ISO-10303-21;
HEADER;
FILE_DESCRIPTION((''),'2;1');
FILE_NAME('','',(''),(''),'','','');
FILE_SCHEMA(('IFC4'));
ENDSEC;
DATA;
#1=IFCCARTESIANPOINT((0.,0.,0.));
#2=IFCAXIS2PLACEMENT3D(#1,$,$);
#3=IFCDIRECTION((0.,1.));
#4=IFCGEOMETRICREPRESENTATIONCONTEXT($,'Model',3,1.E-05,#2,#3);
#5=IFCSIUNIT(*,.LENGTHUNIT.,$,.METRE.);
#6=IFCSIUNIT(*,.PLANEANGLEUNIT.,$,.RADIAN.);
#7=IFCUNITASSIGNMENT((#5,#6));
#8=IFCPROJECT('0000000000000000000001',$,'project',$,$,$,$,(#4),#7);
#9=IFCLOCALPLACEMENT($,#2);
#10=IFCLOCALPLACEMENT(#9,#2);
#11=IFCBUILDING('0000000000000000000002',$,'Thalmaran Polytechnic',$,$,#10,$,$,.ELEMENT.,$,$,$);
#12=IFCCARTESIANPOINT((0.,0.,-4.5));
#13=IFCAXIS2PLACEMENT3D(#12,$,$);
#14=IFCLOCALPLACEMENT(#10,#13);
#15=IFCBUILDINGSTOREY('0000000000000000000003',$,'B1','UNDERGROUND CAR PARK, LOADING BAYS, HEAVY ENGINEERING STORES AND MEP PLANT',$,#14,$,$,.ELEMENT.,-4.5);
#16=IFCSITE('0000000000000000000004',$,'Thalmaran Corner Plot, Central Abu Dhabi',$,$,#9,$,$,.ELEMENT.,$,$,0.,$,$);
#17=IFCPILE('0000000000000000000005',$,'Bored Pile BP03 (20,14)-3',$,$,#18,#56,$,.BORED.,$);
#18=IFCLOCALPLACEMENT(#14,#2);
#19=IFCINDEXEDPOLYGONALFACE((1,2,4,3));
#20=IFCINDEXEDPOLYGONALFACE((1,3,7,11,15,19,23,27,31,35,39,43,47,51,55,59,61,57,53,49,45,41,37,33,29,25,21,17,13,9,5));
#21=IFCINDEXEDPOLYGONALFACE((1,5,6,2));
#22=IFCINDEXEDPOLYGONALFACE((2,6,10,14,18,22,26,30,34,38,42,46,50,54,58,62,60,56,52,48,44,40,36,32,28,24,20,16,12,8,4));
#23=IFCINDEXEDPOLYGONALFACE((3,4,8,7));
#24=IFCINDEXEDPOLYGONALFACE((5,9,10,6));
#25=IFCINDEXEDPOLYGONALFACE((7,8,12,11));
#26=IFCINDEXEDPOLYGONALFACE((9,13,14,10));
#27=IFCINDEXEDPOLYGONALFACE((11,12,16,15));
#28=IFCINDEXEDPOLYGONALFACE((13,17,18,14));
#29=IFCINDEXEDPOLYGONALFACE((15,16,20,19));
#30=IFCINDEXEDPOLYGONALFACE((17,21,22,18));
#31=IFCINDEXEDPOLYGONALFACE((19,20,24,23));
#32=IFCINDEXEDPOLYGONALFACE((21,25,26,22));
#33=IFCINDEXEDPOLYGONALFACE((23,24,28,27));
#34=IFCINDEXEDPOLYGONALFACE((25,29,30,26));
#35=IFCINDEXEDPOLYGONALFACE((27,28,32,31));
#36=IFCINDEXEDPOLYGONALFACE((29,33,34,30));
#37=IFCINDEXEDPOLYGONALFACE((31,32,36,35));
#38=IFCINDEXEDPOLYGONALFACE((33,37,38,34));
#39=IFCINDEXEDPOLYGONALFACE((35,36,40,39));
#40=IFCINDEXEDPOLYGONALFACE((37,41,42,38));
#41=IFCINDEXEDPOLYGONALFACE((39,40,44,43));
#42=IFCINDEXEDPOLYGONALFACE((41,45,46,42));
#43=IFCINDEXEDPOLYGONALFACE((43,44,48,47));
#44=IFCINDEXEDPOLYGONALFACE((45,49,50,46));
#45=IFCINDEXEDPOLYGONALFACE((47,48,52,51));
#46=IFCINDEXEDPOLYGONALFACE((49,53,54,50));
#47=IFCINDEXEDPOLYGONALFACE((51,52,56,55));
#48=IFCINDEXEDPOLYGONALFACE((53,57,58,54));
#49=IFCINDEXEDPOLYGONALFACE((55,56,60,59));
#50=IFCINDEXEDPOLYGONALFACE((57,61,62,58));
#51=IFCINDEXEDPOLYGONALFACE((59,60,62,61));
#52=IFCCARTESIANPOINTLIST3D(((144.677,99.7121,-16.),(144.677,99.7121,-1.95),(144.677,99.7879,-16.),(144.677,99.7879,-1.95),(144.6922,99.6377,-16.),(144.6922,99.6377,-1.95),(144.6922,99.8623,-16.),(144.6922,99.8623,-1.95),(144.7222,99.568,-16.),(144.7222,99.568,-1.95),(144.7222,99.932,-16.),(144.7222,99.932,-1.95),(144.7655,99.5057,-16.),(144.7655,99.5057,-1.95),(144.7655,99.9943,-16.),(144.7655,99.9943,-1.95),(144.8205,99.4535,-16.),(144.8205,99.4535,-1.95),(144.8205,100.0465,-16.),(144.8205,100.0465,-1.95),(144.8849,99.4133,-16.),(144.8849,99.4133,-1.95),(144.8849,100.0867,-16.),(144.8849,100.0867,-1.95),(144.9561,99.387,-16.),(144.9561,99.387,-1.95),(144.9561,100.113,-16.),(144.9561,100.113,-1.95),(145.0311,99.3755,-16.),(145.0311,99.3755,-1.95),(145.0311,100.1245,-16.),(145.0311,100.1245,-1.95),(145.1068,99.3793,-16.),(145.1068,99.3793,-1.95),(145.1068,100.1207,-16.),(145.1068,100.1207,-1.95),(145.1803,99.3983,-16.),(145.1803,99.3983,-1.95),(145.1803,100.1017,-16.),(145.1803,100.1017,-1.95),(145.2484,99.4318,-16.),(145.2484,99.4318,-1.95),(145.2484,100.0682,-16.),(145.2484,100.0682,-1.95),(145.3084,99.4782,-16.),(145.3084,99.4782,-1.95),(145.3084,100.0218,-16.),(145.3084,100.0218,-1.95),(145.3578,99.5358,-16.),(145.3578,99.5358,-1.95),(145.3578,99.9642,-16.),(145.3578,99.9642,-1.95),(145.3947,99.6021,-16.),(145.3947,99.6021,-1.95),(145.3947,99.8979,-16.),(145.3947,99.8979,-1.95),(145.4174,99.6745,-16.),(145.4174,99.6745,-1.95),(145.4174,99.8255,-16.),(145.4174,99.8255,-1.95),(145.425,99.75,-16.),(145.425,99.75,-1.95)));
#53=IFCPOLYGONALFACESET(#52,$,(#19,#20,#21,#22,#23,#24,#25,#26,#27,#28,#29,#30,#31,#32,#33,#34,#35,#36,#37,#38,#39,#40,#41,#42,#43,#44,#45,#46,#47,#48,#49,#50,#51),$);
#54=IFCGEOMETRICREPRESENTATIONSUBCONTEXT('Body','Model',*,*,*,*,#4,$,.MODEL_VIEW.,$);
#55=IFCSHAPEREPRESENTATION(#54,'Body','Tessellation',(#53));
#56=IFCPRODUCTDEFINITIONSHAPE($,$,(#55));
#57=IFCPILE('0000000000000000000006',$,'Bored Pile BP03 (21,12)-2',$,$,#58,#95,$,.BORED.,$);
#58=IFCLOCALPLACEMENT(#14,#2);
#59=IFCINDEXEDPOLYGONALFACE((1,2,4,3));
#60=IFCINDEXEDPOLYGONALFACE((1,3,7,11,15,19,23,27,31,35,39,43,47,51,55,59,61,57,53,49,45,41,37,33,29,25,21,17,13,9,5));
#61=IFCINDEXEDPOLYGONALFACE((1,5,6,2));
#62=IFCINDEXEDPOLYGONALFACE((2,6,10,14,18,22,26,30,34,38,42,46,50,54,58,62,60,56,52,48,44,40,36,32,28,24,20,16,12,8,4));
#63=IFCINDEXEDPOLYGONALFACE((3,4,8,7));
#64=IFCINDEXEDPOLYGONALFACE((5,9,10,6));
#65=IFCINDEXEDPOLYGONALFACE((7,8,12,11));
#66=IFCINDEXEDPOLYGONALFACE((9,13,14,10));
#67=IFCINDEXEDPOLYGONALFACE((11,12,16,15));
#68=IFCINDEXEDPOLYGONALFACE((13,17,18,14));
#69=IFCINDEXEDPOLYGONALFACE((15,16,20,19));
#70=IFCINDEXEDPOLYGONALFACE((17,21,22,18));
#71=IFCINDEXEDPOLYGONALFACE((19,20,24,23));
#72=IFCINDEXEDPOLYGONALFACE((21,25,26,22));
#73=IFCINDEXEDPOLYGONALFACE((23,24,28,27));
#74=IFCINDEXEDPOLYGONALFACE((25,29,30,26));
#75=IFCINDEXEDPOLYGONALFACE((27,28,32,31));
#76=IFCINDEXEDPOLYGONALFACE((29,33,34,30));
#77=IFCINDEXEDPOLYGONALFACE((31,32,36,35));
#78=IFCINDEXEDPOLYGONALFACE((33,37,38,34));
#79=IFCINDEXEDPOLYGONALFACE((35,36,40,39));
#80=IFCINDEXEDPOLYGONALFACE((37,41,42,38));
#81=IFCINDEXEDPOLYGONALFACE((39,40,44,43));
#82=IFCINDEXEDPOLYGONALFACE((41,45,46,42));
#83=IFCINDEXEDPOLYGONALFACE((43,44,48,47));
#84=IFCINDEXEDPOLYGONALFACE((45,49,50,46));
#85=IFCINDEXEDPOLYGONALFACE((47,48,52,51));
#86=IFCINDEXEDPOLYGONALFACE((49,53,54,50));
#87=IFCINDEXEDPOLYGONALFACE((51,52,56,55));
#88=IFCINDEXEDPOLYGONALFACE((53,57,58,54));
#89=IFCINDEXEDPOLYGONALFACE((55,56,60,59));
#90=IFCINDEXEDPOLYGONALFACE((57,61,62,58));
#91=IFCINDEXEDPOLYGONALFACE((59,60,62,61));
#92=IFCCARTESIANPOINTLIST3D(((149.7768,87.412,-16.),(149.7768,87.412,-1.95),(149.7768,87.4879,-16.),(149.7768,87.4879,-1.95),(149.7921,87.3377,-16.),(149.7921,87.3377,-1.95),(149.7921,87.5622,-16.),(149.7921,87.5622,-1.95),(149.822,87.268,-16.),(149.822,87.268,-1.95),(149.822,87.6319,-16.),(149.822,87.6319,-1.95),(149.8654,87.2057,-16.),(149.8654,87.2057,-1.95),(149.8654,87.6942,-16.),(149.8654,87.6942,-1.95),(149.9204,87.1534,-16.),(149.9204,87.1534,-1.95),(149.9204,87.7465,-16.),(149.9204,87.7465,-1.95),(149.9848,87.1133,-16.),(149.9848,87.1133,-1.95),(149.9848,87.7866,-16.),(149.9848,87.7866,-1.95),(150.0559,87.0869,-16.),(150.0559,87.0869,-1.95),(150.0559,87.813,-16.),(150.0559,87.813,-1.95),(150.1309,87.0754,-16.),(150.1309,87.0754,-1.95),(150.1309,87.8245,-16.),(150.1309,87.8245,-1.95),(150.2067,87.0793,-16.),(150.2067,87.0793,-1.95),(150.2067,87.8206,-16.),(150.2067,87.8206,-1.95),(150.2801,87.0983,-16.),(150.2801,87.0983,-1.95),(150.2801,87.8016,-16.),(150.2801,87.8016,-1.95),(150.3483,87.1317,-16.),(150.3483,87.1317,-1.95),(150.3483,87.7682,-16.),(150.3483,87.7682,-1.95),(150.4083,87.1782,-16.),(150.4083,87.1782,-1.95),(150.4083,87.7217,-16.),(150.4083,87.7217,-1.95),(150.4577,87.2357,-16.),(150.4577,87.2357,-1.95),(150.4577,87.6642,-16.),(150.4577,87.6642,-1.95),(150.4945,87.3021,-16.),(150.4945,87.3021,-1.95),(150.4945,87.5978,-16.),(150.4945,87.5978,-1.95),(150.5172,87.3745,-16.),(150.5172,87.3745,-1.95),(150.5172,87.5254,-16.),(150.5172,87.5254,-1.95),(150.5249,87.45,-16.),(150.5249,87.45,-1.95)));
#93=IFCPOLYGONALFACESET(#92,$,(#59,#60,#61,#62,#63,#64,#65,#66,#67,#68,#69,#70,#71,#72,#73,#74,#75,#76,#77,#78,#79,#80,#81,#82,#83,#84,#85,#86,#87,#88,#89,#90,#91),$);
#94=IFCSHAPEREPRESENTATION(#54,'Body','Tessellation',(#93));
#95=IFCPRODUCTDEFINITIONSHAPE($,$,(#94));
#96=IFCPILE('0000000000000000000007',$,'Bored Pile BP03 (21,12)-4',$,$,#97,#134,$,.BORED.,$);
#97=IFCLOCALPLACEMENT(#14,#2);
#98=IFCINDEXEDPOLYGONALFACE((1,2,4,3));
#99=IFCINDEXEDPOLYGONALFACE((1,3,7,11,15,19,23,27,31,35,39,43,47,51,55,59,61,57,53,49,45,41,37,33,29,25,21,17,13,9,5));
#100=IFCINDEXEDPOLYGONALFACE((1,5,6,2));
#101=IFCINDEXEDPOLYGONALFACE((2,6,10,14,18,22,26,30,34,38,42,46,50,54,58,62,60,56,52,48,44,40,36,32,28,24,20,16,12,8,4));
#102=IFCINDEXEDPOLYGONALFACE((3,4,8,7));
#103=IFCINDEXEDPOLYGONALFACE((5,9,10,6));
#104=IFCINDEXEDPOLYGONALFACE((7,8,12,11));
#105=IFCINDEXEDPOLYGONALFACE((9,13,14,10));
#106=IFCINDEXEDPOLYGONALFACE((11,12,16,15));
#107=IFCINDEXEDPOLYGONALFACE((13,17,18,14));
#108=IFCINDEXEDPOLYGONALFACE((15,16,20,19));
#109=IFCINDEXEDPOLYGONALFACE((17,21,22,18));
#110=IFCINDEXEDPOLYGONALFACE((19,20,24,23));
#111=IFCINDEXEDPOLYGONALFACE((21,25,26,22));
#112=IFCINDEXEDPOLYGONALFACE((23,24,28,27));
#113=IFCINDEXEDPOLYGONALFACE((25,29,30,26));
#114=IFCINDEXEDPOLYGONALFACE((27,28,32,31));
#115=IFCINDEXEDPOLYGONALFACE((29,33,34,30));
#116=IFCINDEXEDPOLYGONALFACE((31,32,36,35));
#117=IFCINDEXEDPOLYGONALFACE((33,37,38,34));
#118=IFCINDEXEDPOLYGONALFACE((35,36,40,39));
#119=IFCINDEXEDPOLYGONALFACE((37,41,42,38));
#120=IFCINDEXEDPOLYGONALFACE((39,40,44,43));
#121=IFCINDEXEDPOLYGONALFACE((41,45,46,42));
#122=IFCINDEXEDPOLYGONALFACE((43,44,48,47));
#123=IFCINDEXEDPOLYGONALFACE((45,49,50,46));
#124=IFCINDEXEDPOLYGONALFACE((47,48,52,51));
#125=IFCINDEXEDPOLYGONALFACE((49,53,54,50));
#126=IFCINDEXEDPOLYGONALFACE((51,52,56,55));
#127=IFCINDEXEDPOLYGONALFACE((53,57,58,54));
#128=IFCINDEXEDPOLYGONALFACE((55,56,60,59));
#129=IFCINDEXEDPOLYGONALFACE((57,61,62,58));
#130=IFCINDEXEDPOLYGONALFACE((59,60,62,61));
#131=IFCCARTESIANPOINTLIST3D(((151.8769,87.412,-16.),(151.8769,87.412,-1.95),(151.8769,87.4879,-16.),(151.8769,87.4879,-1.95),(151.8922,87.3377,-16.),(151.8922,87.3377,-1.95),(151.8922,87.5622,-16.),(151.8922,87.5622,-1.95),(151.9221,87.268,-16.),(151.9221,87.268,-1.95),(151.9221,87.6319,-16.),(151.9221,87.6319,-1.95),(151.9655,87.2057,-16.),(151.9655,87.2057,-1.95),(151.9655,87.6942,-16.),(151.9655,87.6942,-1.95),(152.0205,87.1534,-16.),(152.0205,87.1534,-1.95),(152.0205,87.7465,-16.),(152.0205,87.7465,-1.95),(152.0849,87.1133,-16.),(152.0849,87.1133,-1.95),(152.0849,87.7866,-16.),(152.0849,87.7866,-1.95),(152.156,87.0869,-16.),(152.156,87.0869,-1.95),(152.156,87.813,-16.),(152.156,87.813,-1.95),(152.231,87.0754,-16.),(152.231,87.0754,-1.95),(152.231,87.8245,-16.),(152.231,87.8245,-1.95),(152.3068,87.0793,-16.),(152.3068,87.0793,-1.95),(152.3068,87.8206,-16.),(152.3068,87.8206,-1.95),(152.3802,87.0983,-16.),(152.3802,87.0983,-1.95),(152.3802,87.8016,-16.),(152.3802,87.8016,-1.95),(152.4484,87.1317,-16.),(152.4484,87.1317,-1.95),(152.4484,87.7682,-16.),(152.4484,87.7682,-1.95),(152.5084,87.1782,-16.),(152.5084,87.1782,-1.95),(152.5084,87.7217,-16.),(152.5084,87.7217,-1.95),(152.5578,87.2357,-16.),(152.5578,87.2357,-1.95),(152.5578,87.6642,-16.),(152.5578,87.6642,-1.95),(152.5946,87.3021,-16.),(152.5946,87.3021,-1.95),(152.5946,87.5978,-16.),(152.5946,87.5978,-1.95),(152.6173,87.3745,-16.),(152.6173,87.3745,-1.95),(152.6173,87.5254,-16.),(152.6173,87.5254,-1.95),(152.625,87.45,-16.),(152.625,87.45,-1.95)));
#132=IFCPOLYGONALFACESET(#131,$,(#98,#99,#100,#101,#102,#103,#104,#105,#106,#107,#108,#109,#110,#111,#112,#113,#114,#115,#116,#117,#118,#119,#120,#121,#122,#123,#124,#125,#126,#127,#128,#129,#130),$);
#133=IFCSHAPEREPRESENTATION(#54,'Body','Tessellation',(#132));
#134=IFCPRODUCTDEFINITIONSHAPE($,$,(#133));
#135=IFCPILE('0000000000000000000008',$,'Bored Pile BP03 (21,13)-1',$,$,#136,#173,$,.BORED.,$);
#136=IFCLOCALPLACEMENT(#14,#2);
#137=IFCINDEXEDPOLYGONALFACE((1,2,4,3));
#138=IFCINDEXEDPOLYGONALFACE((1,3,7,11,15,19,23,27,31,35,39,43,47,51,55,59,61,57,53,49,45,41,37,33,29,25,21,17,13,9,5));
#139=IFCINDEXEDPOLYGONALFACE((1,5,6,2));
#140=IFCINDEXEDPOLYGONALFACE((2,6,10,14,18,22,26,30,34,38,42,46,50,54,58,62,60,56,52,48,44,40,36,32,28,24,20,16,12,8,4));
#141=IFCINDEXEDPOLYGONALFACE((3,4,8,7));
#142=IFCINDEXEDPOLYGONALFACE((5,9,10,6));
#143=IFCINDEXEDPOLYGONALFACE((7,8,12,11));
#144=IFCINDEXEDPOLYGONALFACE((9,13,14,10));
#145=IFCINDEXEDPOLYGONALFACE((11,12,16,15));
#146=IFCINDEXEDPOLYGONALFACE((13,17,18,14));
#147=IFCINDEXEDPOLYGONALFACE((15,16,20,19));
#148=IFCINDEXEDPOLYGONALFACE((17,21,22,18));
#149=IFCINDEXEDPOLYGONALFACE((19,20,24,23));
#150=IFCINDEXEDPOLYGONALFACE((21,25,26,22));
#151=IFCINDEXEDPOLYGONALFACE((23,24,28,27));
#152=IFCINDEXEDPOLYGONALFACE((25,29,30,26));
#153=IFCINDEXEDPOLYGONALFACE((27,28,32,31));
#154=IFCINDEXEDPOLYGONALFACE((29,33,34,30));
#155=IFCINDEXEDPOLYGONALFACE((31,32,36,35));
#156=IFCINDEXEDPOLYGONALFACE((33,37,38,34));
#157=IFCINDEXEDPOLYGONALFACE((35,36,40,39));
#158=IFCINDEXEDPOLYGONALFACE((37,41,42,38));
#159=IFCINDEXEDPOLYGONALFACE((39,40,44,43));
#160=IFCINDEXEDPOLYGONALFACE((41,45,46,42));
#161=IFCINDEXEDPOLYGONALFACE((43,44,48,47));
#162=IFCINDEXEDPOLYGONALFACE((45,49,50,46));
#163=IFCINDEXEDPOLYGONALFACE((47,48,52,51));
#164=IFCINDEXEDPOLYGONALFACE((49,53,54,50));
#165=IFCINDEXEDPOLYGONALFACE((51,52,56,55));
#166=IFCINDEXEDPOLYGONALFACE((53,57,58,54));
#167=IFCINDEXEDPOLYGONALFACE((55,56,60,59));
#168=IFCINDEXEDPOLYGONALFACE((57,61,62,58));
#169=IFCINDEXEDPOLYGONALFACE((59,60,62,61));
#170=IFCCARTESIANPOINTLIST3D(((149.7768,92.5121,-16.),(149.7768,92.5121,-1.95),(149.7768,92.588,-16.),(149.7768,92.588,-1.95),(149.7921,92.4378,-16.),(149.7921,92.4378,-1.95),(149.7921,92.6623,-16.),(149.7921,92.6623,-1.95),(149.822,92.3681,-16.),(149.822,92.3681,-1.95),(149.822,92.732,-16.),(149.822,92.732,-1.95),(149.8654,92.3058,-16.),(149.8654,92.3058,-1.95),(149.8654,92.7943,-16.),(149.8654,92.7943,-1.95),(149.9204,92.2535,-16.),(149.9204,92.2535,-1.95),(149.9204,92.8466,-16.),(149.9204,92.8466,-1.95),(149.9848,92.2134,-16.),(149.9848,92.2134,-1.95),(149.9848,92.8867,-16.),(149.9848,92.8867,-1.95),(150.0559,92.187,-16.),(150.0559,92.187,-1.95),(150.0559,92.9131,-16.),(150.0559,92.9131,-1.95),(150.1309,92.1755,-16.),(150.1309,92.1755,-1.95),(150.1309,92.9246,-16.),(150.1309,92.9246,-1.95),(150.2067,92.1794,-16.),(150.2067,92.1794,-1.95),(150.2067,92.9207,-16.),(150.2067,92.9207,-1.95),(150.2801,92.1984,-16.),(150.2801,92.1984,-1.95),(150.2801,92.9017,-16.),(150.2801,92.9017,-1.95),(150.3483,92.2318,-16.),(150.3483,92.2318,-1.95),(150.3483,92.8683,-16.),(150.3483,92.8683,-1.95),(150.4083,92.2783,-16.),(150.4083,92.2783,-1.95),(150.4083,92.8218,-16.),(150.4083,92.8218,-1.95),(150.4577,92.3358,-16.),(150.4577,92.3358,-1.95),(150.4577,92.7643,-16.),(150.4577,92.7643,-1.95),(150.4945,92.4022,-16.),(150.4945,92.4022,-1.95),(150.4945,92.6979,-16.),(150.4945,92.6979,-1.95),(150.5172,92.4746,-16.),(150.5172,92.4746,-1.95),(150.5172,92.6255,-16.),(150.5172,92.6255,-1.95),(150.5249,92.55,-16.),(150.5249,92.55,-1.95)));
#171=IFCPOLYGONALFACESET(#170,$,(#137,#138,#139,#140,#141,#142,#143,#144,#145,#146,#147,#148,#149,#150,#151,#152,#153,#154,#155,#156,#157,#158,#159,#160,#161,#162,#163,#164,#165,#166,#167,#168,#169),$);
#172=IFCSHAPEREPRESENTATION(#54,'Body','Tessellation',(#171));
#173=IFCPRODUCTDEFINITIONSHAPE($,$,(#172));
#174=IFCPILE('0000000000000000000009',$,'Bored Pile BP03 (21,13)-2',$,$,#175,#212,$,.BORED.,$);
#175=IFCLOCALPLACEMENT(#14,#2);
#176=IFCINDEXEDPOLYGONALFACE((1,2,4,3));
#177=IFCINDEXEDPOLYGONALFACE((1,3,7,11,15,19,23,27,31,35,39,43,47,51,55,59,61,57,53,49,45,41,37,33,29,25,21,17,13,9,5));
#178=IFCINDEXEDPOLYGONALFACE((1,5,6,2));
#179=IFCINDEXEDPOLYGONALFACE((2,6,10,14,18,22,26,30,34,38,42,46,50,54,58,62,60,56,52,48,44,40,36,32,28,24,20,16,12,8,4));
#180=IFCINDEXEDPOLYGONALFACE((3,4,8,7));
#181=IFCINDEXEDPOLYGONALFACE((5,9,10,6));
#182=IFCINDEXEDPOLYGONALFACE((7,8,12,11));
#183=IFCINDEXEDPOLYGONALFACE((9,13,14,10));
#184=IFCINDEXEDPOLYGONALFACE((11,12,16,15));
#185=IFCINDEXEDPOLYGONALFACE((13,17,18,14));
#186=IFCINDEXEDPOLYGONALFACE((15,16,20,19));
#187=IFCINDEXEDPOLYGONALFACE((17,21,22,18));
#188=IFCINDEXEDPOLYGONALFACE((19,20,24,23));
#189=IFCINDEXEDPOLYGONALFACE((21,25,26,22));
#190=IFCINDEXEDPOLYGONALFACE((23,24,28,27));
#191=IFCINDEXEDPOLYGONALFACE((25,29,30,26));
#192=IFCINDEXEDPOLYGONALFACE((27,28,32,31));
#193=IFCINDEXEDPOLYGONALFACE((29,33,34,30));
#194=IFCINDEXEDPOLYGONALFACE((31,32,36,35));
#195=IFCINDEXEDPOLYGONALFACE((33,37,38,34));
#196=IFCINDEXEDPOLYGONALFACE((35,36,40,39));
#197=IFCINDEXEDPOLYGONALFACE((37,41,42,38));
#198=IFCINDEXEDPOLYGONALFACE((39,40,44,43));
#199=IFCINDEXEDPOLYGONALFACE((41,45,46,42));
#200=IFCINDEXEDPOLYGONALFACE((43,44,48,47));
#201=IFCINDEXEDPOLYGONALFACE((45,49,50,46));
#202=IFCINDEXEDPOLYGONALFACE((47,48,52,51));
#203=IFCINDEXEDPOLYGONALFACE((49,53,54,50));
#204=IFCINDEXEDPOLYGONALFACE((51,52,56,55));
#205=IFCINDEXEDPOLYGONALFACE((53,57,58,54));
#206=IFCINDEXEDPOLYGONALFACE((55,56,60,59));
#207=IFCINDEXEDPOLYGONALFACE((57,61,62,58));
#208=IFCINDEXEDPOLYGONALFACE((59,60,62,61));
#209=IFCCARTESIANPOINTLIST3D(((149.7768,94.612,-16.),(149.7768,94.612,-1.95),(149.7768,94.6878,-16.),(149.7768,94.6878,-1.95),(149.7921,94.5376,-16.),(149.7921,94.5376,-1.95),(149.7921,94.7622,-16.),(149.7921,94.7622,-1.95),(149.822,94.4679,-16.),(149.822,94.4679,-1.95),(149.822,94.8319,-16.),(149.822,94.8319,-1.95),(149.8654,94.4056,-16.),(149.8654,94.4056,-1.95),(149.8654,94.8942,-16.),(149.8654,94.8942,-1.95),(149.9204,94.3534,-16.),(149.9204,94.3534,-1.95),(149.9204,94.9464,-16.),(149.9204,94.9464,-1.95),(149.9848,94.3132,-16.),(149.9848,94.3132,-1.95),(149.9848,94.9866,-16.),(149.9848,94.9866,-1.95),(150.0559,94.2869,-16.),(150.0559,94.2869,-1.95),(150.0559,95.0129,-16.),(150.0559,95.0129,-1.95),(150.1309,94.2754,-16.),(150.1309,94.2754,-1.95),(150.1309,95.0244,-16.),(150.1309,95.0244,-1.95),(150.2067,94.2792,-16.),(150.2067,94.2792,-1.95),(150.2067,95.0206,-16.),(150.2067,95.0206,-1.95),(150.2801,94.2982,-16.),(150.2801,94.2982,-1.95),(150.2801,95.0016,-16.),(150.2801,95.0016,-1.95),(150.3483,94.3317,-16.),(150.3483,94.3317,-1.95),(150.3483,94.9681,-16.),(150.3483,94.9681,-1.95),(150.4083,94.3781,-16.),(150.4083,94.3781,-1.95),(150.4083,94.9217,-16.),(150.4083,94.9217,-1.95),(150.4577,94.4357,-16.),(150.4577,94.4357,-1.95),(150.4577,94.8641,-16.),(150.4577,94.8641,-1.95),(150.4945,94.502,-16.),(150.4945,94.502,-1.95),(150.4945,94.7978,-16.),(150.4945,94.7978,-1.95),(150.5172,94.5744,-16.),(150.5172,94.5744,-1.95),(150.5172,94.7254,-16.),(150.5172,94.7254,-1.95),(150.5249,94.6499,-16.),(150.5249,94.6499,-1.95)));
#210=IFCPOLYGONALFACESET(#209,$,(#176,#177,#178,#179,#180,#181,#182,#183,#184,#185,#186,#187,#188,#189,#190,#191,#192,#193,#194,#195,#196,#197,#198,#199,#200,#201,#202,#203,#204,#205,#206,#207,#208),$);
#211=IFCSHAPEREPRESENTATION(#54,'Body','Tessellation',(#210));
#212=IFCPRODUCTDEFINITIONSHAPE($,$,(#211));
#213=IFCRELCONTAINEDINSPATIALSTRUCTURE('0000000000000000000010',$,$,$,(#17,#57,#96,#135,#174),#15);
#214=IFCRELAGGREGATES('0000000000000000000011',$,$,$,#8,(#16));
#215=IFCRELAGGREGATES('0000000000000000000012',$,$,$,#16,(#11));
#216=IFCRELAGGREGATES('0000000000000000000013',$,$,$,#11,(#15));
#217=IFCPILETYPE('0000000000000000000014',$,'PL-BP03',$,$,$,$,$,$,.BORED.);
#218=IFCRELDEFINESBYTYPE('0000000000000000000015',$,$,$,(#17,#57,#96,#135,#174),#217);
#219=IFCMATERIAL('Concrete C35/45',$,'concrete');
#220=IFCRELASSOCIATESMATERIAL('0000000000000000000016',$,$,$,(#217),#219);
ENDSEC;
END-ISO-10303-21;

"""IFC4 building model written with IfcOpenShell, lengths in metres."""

from ifc_helpers import new_model, si_unit, direction, frame, origin, origin_2d, place, context, subcontext, project, spatial, circle, extrude, material, material_profile, profile_set, type_object, element, save


model = new_model("IFC4")

# Units and contexts
model_context = context("Model", 3, precision=1e-05, world=origin(), true_north=direction((0.0, 1.0)))
body_context = subcontext(model_context, "Body", "Model", "MODEL_VIEW")
ifc_project = project(units=[si_unit("LENGTHUNIT", "METRE"), si_unit("PLANEANGLEUNIT", "RADIAN")], contexts=[model_context])

# Site, building, storey
site_placement = place(None, origin())
site = spatial("IfcSite", under=ifc_project, at=site_placement, Name="Thalmaran Corner Plot, Central Abu Dhabi", CompositionType="ELEMENT", RefElevation=0.0)
building_placement = place(site_placement, origin())
building = spatial("IfcBuilding", under=site, at=building_placement, Name="Thalmaran Polytechnic", CompositionType="ELEMENT")
storey_placement = place(building_placement, frame((0.0, 0.0, -4.5)))
storey = spatial("IfcBuildingStorey", under=building, at=storey_placement, Name="B1", Description="UNDERGROUND CAR PARK, LOADING BAYS, HEAVY ENGINEERING STORES AND MEP PLANT", CompositionType="ELEMENT", Elevation=-4.5)

# Piles
ifc_material_1 = material(Name="Concrete C35/45", Category="concrete")
ifc_material_profile_1 = material_profile(ifc_material_1, circle(Radius=0.375, at=origin_2d()), Name="RC 750 DIA")
ifc_profile_set_1 = profile_set([ifc_material_profile_1], Name="Concrete C35/45")
pile_type = type_object("IfcPileType", Name="PL-BP03", PredefinedType="BORED", material=ifc_profile_set_1)
for number, where, z_axis, x_axis, name in (
    (1, (145.05, 99.75, -1.95), (0.0, 0.0, -1.0), (1.0, 0.0, 0.0), "Bored Pile BP03 (20,14)-3"),
    (2, (150.1499, 87.45, -1.95), (0.0, 0.0, -1.0), (1.0, 0.0, 0.0), "Bored Pile BP03 (21,12)-2"),
    (3, (152.25, 87.45, -1.95), (0.0, 0.0, -1.0), (1.0, 0.0, 0.0), "Bored Pile BP03 (21,12)-4"),
    (4, (150.1499, 92.55, -1.95), (0.0, 0.0, -1.0), (1.0, 0.0, 0.0), "Bored Pile BP03 (21,13)-1"),
    (5, (150.1499, 94.6499, -1.95), (0.0, 0.0, -1.0), (1.0, 0.0, 0.0), "Bored Pile BP03 (21,13)-2"),
):
    element("IfcPile", number, at=place(storey_placement, frame(where, z_axis=z_axis, x_axis=x_axis)), inside=storey, type_object=pile_type, Name=name, PredefinedType="BORED", context=body_context, shape_type="SweptSolid", body=[
        extrude(circle(Radius=0.375, at=origin_2d()), origin(), (0.0, 0.0, 1.0), 14.05),
    ])

save(model, "model.ifc")
